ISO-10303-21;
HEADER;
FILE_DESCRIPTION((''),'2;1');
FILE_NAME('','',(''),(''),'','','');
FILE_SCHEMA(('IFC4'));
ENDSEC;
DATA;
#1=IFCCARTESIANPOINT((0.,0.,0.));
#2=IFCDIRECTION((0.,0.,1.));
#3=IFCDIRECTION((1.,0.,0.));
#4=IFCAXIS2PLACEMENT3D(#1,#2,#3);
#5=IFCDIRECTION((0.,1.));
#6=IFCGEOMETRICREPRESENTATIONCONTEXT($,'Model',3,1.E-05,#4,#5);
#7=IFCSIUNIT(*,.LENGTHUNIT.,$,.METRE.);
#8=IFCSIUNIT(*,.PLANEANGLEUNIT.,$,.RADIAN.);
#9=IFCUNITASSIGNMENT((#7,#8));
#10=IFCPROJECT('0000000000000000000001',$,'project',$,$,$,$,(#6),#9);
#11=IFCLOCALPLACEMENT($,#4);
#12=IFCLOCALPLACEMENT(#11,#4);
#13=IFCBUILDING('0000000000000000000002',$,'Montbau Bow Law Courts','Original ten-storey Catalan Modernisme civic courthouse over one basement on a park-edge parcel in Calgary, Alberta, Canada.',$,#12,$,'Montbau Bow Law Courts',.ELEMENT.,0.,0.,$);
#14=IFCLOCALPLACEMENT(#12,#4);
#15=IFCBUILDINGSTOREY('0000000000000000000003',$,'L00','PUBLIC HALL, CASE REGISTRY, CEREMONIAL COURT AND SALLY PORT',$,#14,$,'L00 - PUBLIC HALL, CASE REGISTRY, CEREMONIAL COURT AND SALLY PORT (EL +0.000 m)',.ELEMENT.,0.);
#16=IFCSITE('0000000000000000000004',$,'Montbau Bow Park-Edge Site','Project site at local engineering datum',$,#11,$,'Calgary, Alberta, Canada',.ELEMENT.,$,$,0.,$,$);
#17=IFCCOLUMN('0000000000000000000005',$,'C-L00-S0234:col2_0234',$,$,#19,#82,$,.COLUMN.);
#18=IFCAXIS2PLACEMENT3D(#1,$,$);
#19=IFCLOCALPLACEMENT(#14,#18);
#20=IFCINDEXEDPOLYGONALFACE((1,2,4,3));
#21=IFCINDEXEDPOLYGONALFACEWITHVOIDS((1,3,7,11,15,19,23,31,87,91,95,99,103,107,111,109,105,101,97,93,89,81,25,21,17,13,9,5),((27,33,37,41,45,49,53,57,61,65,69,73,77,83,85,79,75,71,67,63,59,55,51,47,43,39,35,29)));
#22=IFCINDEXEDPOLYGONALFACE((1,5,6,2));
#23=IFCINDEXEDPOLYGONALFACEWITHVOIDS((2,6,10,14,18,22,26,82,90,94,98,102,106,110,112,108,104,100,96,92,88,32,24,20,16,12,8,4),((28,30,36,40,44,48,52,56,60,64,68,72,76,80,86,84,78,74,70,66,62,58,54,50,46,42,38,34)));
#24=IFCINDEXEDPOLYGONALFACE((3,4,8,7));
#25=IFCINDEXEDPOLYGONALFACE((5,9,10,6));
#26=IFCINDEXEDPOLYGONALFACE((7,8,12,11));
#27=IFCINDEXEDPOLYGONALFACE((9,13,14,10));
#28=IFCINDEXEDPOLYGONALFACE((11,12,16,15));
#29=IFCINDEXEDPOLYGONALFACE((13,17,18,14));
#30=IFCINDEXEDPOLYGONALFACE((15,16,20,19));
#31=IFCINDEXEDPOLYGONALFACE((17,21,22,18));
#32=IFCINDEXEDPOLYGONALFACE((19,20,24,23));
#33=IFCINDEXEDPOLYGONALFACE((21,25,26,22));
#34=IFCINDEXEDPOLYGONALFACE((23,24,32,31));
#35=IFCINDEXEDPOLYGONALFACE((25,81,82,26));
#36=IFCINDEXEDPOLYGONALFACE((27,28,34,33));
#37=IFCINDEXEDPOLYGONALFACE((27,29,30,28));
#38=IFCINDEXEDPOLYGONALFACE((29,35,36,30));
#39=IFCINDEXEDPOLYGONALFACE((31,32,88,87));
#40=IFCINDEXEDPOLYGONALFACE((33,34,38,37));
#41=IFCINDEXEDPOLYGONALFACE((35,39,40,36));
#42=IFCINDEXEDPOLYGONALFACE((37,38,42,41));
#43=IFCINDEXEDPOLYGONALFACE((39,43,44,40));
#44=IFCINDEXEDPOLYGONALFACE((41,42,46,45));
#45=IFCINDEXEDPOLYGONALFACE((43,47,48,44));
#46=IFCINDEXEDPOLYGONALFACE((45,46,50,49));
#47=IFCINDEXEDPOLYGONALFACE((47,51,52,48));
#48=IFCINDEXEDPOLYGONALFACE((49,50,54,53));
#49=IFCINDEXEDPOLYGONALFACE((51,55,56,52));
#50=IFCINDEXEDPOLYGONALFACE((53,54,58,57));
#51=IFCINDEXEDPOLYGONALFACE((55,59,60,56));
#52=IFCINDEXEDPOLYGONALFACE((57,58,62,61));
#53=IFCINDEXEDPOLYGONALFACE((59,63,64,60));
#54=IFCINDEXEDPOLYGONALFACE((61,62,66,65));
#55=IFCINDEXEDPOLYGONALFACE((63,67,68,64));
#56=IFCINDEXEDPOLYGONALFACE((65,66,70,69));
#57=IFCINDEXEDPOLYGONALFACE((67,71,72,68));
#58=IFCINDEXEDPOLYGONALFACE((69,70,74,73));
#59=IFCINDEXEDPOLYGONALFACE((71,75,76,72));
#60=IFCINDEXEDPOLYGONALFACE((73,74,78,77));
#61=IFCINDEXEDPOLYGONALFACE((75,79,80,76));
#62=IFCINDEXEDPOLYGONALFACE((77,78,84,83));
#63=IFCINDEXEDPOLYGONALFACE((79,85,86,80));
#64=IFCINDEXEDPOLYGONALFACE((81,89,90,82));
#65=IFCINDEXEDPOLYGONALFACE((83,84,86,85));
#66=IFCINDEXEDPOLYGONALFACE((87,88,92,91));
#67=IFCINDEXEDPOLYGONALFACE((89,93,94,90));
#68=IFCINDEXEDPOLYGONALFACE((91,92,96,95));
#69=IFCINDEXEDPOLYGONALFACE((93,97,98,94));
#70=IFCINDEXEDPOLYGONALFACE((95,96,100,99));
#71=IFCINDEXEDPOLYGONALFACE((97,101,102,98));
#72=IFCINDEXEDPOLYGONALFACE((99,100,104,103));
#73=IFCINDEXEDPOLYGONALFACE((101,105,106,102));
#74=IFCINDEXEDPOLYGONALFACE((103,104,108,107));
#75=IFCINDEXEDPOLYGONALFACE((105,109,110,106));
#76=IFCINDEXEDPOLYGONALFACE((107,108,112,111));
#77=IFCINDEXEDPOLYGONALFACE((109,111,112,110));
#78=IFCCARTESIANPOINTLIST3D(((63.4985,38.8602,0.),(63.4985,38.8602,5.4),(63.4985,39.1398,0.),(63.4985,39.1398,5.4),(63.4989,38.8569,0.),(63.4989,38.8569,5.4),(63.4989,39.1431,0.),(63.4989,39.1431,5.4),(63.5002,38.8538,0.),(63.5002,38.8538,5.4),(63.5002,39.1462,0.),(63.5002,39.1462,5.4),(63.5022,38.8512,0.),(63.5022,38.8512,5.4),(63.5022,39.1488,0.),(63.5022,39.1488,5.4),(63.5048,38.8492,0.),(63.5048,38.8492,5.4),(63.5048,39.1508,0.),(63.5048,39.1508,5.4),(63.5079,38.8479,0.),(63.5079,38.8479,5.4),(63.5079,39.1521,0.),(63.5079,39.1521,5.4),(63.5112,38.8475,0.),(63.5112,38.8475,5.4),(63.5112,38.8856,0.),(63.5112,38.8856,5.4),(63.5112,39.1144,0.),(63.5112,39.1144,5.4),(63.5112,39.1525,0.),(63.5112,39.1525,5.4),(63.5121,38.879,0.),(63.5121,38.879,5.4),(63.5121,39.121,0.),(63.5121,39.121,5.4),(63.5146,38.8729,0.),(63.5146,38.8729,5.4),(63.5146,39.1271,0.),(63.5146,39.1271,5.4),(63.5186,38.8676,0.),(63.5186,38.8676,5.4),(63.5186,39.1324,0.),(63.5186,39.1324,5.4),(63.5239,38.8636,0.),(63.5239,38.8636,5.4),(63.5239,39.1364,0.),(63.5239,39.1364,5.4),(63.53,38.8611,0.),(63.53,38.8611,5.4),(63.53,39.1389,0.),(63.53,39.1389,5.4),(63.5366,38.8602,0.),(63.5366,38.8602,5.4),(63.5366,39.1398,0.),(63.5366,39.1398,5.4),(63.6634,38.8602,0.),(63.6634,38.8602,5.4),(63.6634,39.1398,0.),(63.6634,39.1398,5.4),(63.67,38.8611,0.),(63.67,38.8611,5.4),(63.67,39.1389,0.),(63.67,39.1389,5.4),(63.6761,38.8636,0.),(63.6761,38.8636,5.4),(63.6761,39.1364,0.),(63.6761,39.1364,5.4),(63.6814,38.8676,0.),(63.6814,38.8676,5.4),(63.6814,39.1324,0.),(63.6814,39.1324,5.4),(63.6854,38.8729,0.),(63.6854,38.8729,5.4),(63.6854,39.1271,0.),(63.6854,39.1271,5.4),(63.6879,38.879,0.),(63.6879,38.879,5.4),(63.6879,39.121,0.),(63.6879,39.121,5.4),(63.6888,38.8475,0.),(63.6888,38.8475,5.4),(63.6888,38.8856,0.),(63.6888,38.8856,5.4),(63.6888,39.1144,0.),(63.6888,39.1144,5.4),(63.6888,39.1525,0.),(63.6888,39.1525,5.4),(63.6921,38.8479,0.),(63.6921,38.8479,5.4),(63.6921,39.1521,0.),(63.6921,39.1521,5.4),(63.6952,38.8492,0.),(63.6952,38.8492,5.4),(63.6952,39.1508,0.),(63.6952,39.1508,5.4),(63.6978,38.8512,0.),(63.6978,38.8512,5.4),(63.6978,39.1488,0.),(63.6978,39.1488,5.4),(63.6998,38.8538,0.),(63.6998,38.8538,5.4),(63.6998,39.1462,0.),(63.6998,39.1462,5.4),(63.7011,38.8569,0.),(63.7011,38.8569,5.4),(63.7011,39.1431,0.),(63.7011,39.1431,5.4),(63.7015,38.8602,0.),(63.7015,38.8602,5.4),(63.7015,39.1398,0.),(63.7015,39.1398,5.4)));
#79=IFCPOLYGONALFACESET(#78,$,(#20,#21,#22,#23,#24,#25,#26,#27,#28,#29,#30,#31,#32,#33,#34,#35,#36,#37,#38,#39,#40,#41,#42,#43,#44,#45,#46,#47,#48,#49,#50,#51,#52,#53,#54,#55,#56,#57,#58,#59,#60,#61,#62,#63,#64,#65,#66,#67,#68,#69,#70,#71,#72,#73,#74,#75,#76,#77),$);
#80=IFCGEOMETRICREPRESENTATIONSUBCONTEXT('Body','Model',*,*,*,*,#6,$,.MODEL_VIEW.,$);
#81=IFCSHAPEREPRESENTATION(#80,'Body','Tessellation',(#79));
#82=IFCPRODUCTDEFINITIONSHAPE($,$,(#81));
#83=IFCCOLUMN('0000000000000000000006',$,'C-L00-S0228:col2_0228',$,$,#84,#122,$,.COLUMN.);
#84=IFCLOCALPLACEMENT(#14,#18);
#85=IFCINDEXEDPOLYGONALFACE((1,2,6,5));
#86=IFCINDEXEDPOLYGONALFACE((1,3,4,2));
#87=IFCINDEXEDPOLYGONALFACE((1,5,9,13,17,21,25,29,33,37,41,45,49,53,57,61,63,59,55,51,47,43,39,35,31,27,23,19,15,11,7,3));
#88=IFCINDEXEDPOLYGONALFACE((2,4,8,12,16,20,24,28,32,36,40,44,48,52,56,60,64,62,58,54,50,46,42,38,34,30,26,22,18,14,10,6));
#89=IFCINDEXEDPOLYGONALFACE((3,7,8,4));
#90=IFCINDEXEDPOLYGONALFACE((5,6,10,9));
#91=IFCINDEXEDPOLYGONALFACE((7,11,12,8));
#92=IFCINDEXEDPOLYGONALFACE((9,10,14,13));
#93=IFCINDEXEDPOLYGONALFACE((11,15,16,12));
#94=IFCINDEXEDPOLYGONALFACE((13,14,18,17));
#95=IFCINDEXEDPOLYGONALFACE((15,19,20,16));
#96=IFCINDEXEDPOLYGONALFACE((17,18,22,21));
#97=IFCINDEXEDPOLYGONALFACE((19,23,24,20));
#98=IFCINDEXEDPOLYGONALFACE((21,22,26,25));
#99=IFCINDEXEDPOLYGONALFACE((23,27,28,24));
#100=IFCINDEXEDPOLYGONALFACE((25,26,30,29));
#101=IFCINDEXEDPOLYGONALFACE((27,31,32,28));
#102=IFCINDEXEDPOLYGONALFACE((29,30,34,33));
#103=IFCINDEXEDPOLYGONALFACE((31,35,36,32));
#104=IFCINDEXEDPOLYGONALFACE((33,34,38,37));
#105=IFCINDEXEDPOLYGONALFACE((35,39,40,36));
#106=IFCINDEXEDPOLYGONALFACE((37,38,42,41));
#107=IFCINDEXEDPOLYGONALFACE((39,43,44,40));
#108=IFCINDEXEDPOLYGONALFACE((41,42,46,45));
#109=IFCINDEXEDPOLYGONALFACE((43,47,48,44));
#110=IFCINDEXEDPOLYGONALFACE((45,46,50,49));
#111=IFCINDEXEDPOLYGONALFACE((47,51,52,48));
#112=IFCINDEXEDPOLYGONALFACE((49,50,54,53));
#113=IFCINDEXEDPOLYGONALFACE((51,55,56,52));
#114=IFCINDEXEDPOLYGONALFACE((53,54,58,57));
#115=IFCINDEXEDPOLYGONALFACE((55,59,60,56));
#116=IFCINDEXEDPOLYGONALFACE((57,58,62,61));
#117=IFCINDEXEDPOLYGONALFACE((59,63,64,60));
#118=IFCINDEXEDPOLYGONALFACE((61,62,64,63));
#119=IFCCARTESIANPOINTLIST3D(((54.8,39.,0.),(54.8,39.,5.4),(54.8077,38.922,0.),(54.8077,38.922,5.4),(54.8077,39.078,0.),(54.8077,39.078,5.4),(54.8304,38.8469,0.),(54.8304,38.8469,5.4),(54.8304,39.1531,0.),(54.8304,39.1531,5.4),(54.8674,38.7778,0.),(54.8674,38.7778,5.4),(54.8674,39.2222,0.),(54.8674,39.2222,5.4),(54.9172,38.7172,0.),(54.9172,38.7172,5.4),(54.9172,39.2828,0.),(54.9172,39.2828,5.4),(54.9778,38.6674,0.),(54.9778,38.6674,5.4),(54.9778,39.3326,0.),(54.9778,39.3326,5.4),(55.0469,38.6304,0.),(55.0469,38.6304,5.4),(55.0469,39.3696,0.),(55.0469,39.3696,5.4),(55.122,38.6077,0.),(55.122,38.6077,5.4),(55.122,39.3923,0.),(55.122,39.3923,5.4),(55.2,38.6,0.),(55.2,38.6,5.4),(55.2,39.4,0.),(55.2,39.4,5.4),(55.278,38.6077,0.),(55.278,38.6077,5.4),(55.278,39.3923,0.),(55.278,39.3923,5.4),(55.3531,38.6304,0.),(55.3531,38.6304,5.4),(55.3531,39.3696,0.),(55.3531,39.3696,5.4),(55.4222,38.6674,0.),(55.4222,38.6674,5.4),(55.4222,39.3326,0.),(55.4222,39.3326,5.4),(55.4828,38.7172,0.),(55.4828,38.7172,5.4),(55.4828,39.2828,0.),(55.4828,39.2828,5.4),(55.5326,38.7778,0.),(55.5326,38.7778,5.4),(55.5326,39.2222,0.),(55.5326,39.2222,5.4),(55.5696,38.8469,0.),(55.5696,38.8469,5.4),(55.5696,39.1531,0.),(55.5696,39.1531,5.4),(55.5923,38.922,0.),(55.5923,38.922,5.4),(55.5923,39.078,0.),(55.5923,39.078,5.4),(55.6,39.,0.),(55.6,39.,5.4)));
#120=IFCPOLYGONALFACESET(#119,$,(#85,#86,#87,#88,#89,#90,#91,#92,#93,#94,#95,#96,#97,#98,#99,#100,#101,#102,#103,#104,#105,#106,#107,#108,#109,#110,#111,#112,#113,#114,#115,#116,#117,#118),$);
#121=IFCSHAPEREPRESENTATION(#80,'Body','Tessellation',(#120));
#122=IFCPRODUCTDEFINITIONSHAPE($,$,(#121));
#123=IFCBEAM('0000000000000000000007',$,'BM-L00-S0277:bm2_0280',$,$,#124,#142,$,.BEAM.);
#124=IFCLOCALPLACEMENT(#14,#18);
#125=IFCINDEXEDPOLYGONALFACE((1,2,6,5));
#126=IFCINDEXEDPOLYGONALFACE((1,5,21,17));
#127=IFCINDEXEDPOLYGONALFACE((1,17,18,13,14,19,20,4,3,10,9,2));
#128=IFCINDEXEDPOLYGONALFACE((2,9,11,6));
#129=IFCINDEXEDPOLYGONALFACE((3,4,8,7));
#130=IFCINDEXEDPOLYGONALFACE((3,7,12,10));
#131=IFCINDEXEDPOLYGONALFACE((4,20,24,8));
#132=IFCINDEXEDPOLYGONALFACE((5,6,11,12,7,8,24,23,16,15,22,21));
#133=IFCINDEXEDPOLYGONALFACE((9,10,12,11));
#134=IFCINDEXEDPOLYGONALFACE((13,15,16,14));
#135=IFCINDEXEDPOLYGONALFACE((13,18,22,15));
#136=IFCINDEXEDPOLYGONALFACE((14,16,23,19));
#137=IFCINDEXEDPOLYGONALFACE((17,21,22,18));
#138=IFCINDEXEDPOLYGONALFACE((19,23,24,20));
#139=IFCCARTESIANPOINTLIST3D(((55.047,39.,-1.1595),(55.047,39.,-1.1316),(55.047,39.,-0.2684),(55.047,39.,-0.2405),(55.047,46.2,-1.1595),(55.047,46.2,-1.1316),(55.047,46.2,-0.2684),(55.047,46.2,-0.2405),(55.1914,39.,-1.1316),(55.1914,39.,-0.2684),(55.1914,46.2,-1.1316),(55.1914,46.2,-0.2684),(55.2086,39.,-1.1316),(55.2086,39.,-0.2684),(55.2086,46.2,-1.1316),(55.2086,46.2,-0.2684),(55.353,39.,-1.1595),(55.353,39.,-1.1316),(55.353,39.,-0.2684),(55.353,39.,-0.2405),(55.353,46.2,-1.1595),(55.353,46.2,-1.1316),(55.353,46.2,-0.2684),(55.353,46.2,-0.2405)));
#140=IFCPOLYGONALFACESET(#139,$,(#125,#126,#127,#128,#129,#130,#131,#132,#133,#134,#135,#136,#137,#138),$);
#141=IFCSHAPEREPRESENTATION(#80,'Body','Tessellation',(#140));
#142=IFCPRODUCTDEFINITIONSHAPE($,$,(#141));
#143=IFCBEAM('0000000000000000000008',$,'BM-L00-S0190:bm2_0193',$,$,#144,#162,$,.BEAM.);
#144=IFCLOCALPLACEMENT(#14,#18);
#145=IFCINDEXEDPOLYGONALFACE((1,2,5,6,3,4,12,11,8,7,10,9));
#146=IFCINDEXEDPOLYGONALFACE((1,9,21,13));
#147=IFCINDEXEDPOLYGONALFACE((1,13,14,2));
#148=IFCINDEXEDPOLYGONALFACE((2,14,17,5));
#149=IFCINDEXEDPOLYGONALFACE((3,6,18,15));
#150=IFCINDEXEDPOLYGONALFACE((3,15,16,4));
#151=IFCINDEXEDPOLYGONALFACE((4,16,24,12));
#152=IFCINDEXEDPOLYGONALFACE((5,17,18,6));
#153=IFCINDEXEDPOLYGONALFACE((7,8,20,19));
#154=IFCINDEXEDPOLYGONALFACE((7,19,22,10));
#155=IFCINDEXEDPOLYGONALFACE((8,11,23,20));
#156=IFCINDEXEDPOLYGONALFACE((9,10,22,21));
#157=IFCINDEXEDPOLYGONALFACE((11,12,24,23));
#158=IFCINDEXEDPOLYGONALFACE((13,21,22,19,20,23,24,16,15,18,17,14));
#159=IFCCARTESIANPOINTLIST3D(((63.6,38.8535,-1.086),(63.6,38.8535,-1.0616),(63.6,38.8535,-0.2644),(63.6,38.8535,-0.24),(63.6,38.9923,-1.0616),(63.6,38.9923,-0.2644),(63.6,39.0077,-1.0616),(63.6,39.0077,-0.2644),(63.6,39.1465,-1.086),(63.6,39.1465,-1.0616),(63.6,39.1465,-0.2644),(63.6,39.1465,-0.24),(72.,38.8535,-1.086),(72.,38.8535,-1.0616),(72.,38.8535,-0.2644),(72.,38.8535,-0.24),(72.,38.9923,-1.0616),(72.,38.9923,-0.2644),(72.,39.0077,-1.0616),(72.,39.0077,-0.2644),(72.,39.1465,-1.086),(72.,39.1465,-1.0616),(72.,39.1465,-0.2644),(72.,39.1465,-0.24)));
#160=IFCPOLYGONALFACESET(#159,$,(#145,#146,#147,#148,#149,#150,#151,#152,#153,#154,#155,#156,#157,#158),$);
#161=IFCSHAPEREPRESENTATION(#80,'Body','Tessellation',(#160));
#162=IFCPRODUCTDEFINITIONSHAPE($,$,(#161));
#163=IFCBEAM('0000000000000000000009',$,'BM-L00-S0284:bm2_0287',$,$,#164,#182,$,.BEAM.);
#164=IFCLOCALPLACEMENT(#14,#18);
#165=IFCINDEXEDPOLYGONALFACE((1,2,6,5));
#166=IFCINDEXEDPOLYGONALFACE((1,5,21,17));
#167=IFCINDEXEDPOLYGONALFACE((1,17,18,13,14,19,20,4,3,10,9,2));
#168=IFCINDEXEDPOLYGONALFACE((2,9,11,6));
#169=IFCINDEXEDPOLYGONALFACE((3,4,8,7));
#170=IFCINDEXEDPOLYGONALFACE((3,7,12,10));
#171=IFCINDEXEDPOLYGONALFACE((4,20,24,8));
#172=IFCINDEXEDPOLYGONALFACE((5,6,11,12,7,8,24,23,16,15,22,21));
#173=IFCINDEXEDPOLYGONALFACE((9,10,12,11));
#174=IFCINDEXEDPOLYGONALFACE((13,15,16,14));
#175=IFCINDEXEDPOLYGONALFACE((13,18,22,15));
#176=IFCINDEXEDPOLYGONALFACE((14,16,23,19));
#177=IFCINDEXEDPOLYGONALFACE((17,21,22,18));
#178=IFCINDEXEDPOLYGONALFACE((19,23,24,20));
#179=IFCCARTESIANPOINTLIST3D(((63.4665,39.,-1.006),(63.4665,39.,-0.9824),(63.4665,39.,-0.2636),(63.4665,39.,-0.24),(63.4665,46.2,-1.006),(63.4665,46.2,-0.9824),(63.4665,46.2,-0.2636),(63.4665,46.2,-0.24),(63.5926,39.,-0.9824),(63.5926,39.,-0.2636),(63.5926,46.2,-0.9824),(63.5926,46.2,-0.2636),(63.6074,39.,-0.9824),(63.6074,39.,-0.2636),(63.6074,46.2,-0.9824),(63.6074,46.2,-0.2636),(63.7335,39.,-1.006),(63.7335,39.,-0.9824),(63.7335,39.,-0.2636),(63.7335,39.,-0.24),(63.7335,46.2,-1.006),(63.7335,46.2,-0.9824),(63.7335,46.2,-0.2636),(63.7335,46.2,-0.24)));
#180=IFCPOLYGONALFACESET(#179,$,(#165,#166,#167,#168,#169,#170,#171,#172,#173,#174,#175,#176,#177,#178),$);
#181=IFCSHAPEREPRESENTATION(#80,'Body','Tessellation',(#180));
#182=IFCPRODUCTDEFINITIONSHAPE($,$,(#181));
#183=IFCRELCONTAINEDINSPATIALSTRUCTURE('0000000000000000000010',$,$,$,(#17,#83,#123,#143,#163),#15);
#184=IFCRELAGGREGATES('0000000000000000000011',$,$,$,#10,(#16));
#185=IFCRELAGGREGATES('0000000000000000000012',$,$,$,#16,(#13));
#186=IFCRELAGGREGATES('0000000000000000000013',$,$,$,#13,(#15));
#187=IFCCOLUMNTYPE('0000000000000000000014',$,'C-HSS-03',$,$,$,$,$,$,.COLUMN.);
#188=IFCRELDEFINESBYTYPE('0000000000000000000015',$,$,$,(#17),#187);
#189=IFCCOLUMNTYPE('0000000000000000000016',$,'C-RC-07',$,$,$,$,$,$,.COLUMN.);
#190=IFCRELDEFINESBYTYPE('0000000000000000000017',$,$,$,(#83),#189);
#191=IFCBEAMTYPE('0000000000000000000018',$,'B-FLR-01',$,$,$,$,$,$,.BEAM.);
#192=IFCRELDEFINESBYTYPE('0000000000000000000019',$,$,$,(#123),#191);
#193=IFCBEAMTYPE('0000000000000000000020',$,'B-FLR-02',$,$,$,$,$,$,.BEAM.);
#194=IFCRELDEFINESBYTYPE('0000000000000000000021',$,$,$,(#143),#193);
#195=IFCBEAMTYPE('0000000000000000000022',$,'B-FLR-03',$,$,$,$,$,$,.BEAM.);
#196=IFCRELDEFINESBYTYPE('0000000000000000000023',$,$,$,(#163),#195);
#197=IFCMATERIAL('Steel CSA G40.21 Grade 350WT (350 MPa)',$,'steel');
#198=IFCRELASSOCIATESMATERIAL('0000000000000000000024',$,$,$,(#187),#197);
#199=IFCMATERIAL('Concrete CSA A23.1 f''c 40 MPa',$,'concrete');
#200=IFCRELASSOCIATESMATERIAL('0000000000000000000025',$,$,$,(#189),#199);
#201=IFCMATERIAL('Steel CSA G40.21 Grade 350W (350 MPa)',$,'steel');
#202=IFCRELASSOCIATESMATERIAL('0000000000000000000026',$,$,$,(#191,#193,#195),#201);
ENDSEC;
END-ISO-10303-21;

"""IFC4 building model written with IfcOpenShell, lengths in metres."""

from ifc_helpers import new_model, si_unit, direction, frame, origin_with_axes, origin_2d_with_axis, place, context, subcontext, project, spatial, hollow_rectangle, circle, i_section, extrude, material, material_profile, profile_set, type_object, element, save


model = new_model("IFC4")

# Units and contexts
model_context = context("Model", 3, precision=1e-05, world=origin_with_axes(), true_north=direction((0.0, 1.0)))
body_context = subcontext(model_context, "Body", "Model", "MODEL_VIEW")
ifc_project = project(units=[si_unit("LENGTHUNIT", "METRE"), si_unit("PLANEANGLEUNIT", "RADIAN")], contexts=[model_context])

# Site, building, storey
site_placement = place(None, origin_with_axes())
site = spatial("IfcSite", under=ifc_project, at=site_placement, Name="Montbau Bow Park-Edge Site", Description="Project site at local engineering datum", LongName="Calgary, Alberta, Canada", CompositionType="ELEMENT", RefElevation=0.0)
building_placement = place(site_placement, origin_with_axes())
building = spatial("IfcBuilding", under=site, at=building_placement, Name="Montbau Bow Law Courts", Description="Original ten-storey Catalan Modernisme civic courthouse over one basement on a park-edge parcel in Calgary, Alberta, Canada.", LongName="Montbau Bow Law Courts", CompositionType="ELEMENT", ElevationOfRefHeight=0.0, ElevationOfTerrain=0.0)
storey_placement = place(building_placement, origin_with_axes())
storey = spatial("IfcBuildingStorey", under=building, at=storey_placement, Name="L00", Description="PUBLIC HALL, CASE REGISTRY, CEREMONIAL COURT AND SALLY PORT", LongName="L00 - PUBLIC HALL, CASE REGISTRY, CEREMONIAL COURT AND SALLY PORT (EL +0.000 m)", CompositionType="ELEMENT", Elevation=0.0)

# Columns
ifc_material_1 = material(Name="Steel CSA G40.21 Grade 350WT (350 MPa)", Category="steel")
ifc_material_profile_1 = material_profile(ifc_material_1, hollow_rectangle(XDim=0.203, YDim=0.305, WallThickness=0.0127, InnerFilletRadius=0.0254, OuterFilletRadius=0.0127, at=origin_2d_with_axis()), Name="HSS305X203X13", Category="Main", Priority=0)
ifc_profile_set_1 = profile_set([ifc_material_profile_1], Name="Steel CSA G40.21 Grade 350WT (350 MPa)")
column_type_1 = type_object("IfcColumnType", Name="C-HSS-03", PredefinedType="COLUMN", material=ifc_profile_set_1)
column_1_placement = place(None, frame((63.6, 39.0, 0.0), z_axis=(0.0, 0.0, 1.0), x_axis=(1.0, 0.0, 0.0)))
element("IfcColumn", 1, at=column_1_placement, inside=storey, type_object=column_type_1, Name="C-L00-S0234:col2_0234", PredefinedType="COLUMN", context=body_context, shape_type="SweptSolid", body=[
    extrude(hollow_rectangle(XDim=0.203, YDim=0.305, WallThickness=0.0127, InnerFilletRadius=0.0254, OuterFilletRadius=0.0127, at=origin_2d_with_axis()), origin_with_axes(), (0.0, 0.0, 1.0), 5.4),
])
ifc_material_2 = material(Name="Concrete CSA A23.1 f'c 40 MPa", Category="concrete")
ifc_material_profile_2 = material_profile(ifc_material_2, circle(Radius=0.4, at=origin_2d_with_axis()), Name="RC800D", Category="Main", Priority=0)
ifc_profile_set_2 = profile_set([ifc_material_profile_2], Name="Concrete CSA A23.1 f'c 40 MPa")
column_type_2 = type_object("IfcColumnType", Name="C-RC-07", PredefinedType="COLUMN", material=ifc_profile_set_2)
column_2_placement = place(None, frame((55.2, 39.0, 0.0), z_axis=(0.0, 0.0, 1.0), x_axis=(1.0, 0.0, 0.0)))
element("IfcColumn", 2, at=column_2_placement, inside=storey, type_object=column_type_2, Name="C-L00-S0228:col2_0228", PredefinedType="COLUMN", context=body_context, shape_type="SweptSolid", body=[
    extrude(circle(Radius=0.4, at=origin_2d_with_axis()), origin_with_axes(), (0.0, 0.0, 1.0), 5.4),
])

# Beams
ifc_material_3 = material(Name="Steel CSA G40.21 Grade 350W (350 MPa)", Category="steel")
ifc_material_profile_3 = material_profile(ifc_material_3, i_section(OverallWidth=0.306, OverallDepth=0.919, WebThickness=0.0173, FlangeThickness=0.0279, at=origin_2d_with_axis()), Name="W920X253", Category="Main", Priority=0)
ifc_profile_set_3 = profile_set([ifc_material_profile_3], Name="Steel CSA G40.21 Grade 350W (350 MPa)")
beam_type_1 = type_object("IfcBeamType", Name="B-FLR-01", PredefinedType="BEAM", material=ifc_profile_set_3)
beam_1_placement = place(None, frame((55.2, 39.0, -0.7), z_axis=(0.0, 1.0, 0.0), x_axis=(-1.0, 0.0, 0.0)))
element("IfcBeam", 3, at=beam_1_placement, inside=storey, type_object=beam_type_1, Name="BM-L00-S0277:bm2_0280", PredefinedType="BEAM", context=body_context, shape_type="SweptSolid", body=[
    extrude(i_section(OverallWidth=0.306, OverallDepth=0.919, WebThickness=0.0173, FlangeThickness=0.0279, at=origin_2d_with_axis()), origin_with_axes(), (0.0, 0.0, 1.0), 7.2),
])
ifc_material_profile_4 = material_profile(ifc_material_3, i_section(OverallWidth=0.293, OverallDepth=0.846, WebThickness=0.0154, FlangeThickness=0.0244, at=origin_2d_with_axis()), Name="W840X210", Category="Main", Priority=0)
ifc_profile_set_4 = profile_set([ifc_material_profile_4], Name="Steel CSA G40.21 Grade 350W (350 MPa)")
beam_type_2 = type_object("IfcBeamType", Name="B-FLR-02", PredefinedType="BEAM", material=ifc_profile_set_4)
beam_2_placement = place(None, frame((63.6, 39.0, -0.663), z_axis=(1.0, 0.0, 0.0), x_axis=(0.0, 1.0, 0.0)))
element("IfcBeam", 4, at=beam_2_placement, inside=storey, type_object=beam_type_2, Name="BM-L00-S0190:bm2_0193", PredefinedType="BEAM", context=body_context, shape_type="SweptSolid", body=[
    extrude(i_section(OverallWidth=0.293, OverallDepth=0.846, WebThickness=0.0154, FlangeThickness=0.0244, at=origin_2d_with_axis()), origin_with_axes(), (0.0, 0.0, 1.0), 8.4),
])
ifc_material_profile_5 = material_profile(ifc_material_3, i_section(OverallWidth=0.267, OverallDepth=0.766, WebThickness=0.0149, FlangeThickness=0.0236, at=origin_2d_with_axis()), Name="W760X185", Category="Main", Priority=0)
ifc_profile_set_5 = profile_set([ifc_material_profile_5], Name="Steel CSA G40.21 Grade 350W (350 MPa)")
beam_type_3 = type_object("IfcBeamType", Name="B-FLR-03", PredefinedType="BEAM", material=ifc_profile_set_5)
beam_3_placement = place(None, frame((63.6, 39.0, -0.623), z_axis=(0.0, 1.0, 0.0), x_axis=(-1.0, 0.0, 0.0)))
element("IfcBeam", 5, at=beam_3_placement, inside=storey, type_object=beam_type_3, Name="BM-L00-S0284:bm2_0287", PredefinedType="BEAM", context=body_context, shape_type="SweptSolid", body=[
    extrude(i_section(OverallWidth=0.267, OverallDepth=0.766, WebThickness=0.0149, FlangeThickness=0.0236, at=origin_2d_with_axis()), origin_with_axes(), (0.0, 0.0, 1.0), 7.2),
])

save(model, "model.ifc")
